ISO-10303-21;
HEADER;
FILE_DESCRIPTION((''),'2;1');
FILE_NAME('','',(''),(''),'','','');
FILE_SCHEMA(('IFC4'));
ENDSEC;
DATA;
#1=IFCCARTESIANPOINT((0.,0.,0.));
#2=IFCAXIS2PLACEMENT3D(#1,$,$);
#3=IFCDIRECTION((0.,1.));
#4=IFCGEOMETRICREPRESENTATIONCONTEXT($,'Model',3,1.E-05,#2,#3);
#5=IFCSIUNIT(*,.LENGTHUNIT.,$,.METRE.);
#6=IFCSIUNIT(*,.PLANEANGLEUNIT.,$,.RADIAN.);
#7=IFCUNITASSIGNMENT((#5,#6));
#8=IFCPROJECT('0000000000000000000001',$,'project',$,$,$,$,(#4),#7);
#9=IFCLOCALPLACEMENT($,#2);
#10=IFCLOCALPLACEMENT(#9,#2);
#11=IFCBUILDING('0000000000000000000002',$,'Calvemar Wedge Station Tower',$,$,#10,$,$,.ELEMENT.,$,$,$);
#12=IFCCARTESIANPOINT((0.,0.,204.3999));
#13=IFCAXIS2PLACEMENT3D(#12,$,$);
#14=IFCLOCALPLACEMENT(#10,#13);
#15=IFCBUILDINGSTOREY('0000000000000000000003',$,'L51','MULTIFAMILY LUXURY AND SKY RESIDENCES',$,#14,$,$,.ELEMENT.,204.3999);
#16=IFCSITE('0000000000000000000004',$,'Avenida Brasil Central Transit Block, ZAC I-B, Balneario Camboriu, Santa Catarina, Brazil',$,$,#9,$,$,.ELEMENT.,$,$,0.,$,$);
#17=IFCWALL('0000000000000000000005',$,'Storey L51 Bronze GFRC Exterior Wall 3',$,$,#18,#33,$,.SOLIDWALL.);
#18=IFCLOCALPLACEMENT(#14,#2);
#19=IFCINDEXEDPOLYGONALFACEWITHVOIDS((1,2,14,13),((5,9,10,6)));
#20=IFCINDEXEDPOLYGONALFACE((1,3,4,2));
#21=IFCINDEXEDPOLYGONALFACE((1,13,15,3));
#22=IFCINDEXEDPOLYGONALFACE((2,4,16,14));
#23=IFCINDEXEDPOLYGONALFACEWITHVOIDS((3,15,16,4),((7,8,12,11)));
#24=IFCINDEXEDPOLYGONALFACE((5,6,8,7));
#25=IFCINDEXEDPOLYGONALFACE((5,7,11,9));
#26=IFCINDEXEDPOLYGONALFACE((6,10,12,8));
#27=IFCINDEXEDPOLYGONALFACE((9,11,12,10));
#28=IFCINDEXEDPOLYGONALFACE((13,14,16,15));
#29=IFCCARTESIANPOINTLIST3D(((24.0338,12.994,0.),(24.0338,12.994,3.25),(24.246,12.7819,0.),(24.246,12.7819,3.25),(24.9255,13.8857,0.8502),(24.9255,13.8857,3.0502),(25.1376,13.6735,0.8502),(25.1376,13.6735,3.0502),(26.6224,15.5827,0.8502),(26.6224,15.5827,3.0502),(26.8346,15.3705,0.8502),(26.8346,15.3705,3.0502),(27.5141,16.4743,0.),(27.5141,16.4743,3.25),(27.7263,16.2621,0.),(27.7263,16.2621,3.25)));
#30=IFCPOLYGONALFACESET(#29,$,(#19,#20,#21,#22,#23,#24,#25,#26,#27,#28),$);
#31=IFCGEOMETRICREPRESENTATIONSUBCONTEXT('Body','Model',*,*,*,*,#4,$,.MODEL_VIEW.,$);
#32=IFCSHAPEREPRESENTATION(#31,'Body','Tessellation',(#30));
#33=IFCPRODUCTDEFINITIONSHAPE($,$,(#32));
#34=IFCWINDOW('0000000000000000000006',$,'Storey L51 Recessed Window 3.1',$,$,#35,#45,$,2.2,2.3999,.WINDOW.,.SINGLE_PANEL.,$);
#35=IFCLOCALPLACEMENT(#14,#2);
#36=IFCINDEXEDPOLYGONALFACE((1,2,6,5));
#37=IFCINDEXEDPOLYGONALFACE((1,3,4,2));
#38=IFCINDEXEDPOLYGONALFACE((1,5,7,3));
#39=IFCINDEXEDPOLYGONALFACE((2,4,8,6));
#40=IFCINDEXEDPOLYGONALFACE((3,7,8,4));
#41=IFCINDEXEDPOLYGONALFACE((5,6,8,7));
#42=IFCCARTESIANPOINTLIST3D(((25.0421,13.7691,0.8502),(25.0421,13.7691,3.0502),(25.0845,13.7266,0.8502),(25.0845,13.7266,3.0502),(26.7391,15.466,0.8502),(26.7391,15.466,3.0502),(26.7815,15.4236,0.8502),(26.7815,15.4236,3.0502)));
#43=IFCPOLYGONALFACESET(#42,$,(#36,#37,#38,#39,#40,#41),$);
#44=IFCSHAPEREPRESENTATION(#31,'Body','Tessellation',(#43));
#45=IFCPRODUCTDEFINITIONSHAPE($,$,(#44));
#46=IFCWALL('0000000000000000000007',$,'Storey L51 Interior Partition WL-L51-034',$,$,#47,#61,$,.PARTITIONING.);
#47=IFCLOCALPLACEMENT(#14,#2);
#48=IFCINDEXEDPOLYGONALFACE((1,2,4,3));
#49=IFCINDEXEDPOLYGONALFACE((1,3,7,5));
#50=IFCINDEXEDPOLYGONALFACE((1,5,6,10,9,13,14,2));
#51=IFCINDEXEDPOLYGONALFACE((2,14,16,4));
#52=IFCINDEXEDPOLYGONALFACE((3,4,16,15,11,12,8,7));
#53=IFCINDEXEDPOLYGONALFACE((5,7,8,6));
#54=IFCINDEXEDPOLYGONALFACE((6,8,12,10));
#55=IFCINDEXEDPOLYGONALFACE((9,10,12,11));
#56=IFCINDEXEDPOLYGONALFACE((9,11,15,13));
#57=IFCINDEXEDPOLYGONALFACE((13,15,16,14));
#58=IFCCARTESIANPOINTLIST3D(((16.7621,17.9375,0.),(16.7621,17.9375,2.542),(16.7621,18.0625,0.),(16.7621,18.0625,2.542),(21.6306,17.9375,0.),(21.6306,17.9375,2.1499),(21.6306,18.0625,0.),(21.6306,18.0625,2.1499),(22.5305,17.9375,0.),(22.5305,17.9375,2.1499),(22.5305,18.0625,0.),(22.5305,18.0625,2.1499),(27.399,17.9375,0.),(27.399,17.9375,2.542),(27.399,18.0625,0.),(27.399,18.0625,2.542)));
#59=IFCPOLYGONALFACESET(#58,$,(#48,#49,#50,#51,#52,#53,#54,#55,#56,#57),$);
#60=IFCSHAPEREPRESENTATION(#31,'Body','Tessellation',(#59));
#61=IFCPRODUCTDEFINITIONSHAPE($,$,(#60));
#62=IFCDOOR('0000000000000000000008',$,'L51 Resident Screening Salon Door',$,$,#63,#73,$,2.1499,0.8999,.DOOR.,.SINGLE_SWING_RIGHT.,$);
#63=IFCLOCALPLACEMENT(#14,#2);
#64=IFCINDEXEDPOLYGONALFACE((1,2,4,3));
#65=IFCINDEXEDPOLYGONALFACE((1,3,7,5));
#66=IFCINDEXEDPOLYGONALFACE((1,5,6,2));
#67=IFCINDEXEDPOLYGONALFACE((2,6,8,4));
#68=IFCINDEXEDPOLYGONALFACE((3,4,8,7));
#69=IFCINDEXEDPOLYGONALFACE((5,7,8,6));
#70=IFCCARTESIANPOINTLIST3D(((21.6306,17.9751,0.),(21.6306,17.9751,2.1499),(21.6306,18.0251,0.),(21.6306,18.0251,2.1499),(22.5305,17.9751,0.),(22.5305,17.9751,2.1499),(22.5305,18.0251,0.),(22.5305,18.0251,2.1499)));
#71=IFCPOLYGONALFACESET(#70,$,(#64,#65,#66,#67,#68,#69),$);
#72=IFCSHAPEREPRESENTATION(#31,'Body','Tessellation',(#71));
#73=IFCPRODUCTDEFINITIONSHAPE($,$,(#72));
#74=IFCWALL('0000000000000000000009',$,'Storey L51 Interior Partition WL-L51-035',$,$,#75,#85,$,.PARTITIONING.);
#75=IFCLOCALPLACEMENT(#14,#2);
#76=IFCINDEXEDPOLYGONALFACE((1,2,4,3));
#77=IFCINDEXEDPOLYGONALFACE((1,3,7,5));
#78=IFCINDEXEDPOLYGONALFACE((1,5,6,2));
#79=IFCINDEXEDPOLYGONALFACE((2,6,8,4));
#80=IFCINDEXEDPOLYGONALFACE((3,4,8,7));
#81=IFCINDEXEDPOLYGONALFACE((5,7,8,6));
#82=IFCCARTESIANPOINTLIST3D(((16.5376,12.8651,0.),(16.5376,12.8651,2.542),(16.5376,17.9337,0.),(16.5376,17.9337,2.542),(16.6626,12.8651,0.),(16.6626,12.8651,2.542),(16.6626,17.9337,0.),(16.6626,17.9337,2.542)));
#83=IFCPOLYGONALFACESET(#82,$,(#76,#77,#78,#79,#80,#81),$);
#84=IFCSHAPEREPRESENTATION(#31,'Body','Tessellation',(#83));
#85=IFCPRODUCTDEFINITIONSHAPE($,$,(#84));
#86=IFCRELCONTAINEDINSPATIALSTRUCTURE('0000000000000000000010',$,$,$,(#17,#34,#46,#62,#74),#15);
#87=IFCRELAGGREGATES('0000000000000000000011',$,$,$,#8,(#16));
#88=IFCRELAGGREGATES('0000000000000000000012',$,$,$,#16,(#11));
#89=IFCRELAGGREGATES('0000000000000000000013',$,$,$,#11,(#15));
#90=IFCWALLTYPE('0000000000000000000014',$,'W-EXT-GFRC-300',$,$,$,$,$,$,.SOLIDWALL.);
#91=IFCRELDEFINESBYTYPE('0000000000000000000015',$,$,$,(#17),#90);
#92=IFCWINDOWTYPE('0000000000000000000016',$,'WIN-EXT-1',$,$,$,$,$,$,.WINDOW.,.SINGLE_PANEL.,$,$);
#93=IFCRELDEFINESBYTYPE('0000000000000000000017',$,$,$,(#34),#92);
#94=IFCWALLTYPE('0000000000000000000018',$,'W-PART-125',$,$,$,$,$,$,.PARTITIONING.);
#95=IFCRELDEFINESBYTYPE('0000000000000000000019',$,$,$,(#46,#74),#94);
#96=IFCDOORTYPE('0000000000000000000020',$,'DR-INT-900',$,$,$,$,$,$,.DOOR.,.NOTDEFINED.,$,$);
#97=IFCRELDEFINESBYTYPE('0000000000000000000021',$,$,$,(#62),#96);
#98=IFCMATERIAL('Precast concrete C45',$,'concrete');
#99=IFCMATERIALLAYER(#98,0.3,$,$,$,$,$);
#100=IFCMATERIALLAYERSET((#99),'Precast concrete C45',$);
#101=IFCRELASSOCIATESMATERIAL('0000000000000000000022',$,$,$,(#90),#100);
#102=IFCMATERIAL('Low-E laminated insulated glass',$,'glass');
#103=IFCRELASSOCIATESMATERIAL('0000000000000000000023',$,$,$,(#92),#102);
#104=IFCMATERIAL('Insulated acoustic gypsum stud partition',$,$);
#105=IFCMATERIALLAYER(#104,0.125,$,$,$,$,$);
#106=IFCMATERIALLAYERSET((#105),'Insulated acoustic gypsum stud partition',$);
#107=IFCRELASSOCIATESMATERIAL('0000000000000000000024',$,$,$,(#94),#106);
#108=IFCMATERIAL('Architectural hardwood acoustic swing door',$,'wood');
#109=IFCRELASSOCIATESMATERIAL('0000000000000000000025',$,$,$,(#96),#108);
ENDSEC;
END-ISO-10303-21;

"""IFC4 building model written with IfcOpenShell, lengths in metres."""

from ifc_helpers import new_model, si_unit, direction, frame, frame_2d, origin, place, context, subcontext, project, spatial, rectangle, extrude, source, transform, mapped, material, layer, layer_set, type_object, element, fill, save


model = new_model("IFC4")

# Units and contexts
model_context = context("Model", 3, precision=1e-05, world=origin(), true_north=direction((0.0, 1.0)))
body_context = subcontext(model_context, "Body", "Model", "MODEL_VIEW")
ifc_project = project(units=[si_unit("LENGTHUNIT", "METRE"), si_unit("PLANEANGLEUNIT", "RADIAN")], contexts=[model_context])

# Site, building, storey
site_placement = place(None, origin())
site = spatial("IfcSite", under=ifc_project, at=site_placement, Name="Avenida Brasil Central Transit Block, ZAC I-B, Balneario Camboriu, Santa Catarina, Brazil", CompositionType="ELEMENT", RefElevation=0.0)
building_placement = place(site_placement, origin())
building = spatial("IfcBuilding", under=site, at=building_placement, Name="Calvemar Wedge Station Tower", CompositionType="ELEMENT")
storey_placement = place(building_placement, frame((0.0, 0.0, 204.3999)))
storey = spatial("IfcBuildingStorey", under=building, at=storey_placement, Name="L51", Description="MULTIFAMILY LUXURY AND SKY RESIDENCES", CompositionType="ELEMENT", Elevation=204.3999)

# Shared definitions
ifc_material_1 = material(Name="Precast concrete C45", Category="concrete")
ifc_layer_1 = layer(ifc_material_1, 0.3)
ifc_layer_set_1 = layer_set([ifc_layer_1], Name="Precast concrete C45")
wall_type_1 = type_object("IfcWallType", Name="W-EXT-GFRC-300", PredefinedType="SOLIDWALL", material=ifc_layer_set_1)
shared_shape_1 = source(origin(), body_context, "Body", "SweptSolid", [
    extrude(rectangle(XDim=2.3999, YDim=2.2, at=frame_2d((1.2, 1.1001))), frame((0.0, 0.1602, 0.0), z_axis=(0.0, -1.0, 0.0), x_axis=(1.0, 0.0, 0.0)), (0.0, 0.0, 1.0), 0.3201),
])
ifc_material_2 = material(Name="Low-E laminated insulated glass", Category="glass")
window_type_1 = type_object("IfcWindowType", Name="WIN-EXT-1", PartitioningType="SINGLE_PANEL", PredefinedType="WINDOW", material=ifc_material_2)
shared_shape_2 = source(origin(), body_context, "Body", "SweptSolid", [
    extrude(rectangle(XDim=2.3999, YDim=2.2, at=frame_2d((1.2, 1.1001))), frame((0.0, -0.0149, 0.0), z_axis=(0.0, -1.0, 0.0), x_axis=(1.0, 0.0, 0.0)), (0.0, 0.0, 1.0), 0.0601),
])

# Wall, opening, window
wall_1_placement = place(storey_placement, frame((24.1399, 12.8879, 0.0), z_axis=(0.0, 0.0, 1.0), x_axis=(0.707107, 0.707107, 0.0)))
wall_1 = element("IfcWall", 1, at=wall_1_placement, inside=storey, type_object=wall_type_1, Name="Storey L51 Bronze GFRC Exterior Wall 3", PredefinedType="SOLIDWALL", context=body_context, shape_type="SweptSolid", body=[
    extrude(rectangle(XDim=4.9219, YDim=0.3, at=frame_2d((2.4609, 0.0))), origin(), (0.0, 0.0, 1.0), 3.25),
])
opening_1_placement = place(wall_1_placement, frame((1.261, 0.0, 0.8501)))
opening_1 = element("IfcOpeningElement", 2, at=opening_1_placement, cuts=wall_1, PredefinedType="OPENING", context=body_context, shape_type="MappedRepresentation", body=[
    mapped(shared_shape_1, transform((0.0, 0.0, 0.0), scale=1.0)),
])
window_1_placement = place(opening_1_placement, origin())
window_1 = element("IfcWindow", 3, at=window_1_placement, inside=storey, type_object=window_type_1, Name="Storey L51 Recessed Window 3.1", OverallHeight=2.2, OverallWidth=2.3999, PartitioningType="SINGLE_PANEL", PredefinedType="WINDOW", context=body_context, shape_type="MappedRepresentation", body=[
    mapped(shared_shape_2, transform((0.0, 0.0, 0.0), scale=1.0)),
])
fill(opening_1, window_1)

# Wall, opening, door
ifc_material_3 = material(Name="Insulated acoustic gypsum stud partition")
ifc_layer_2 = layer(ifc_material_3, 0.125)
ifc_layer_set_2 = layer_set([ifc_layer_2], Name="Insulated acoustic gypsum stud partition")
wall_type_2 = type_object("IfcWallType", Name="W-PART-125", PredefinedType="PARTITIONING", material=ifc_layer_set_2)
wall_2_placement = place(storey_placement, frame((27.3989, 18.0, 0.0), z_axis=(0.0, 0.0, 1.0), x_axis=(-1.0, 0.0, 0.0)))
wall_2 = element("IfcWall", 4, at=wall_2_placement, inside=storey, type_object=wall_type_2, Name="Storey L51 Interior Partition WL-L51-034", PredefinedType="PARTITIONING", context=body_context, shape_type="SweptSolid", body=[
    extrude(rectangle(XDim=10.637, YDim=0.125, at=frame_2d((5.3184, 0.0))), origin(), (0.0, 0.0, 1.0), 2.542),
])
shared_shape_3 = source(origin(), body_context, "Body", "SweptSolid", [
    extrude(rectangle(XDim=0.8999, YDim=2.1499, at=frame_2d((0.45, 1.075))), frame((0.0, 0.0725, 0.0), z_axis=(0.0, -1.0, 0.0), x_axis=(1.0, 0.0, 0.0)), (0.0, 0.0, 1.0), 0.145),
])
opening_2_placement = place(wall_2_placement, frame((4.8684, 0.0, 0.0)))
opening_2 = element("IfcOpeningElement", 5, at=opening_2_placement, cuts=wall_2, PredefinedType="OPENING", context=body_context, shape_type="MappedRepresentation", body=[
    mapped(shared_shape_3, transform((0.0, 0.0, 0.0), scale=1.0)),
])
ifc_material_4 = material(Name="Architectural hardwood acoustic swing door", Category="wood")
door_type_1 = type_object("IfcDoorType", Name="DR-INT-900", OperationType="NOTDEFINED", PredefinedType="DOOR", material=ifc_material_4)
shared_shape_4 = source(origin(), body_context, "Body", "SweptSolid", [
    extrude(rectangle(XDim=0.8999, YDim=2.1499, at=frame_2d((0.45, 1.075))), frame((0.0, 0.0249, 0.0), z_axis=(0.0, -1.0, 0.0), x_axis=(1.0, 0.0, 0.0)), (0.0, 0.0, 1.0), 0.05),
])
door_1_placement = place(opening_2_placement, origin())
door_1 = element("IfcDoor", 6, at=door_1_placement, inside=storey, type_object=door_type_1, Name="L51 Resident Screening Salon Door", OperationType="SINGLE_SWING_RIGHT", OverallHeight=2.1499, OverallWidth=0.8999, PredefinedType="DOOR", context=body_context, shape_type="MappedRepresentation", body=[
    mapped(shared_shape_4, transform((0.0, 0.0, 0.0), scale=1.0)),
])
fill(opening_2, door_1)

# Wall
wall_3_placement = place(storey_placement, frame((16.6001, 17.9336, 0.0), z_axis=(0.0, 0.0, 1.0), x_axis=(0.0, -1.0, 0.0)))
element("IfcWall", 7, at=wall_3_placement, inside=storey, type_object=wall_type_2, Name="Storey L51 Interior Partition WL-L51-035", PredefinedType="PARTITIONING", context=body_context, shape_type="SweptSolid", body=[
    extrude(rectangle(XDim=5.0686, YDim=0.125, at=frame_2d((2.5342, 0.0))), origin(), (0.0, 0.0, 1.0), 2.542),
])

save(model, "model.ifc")
